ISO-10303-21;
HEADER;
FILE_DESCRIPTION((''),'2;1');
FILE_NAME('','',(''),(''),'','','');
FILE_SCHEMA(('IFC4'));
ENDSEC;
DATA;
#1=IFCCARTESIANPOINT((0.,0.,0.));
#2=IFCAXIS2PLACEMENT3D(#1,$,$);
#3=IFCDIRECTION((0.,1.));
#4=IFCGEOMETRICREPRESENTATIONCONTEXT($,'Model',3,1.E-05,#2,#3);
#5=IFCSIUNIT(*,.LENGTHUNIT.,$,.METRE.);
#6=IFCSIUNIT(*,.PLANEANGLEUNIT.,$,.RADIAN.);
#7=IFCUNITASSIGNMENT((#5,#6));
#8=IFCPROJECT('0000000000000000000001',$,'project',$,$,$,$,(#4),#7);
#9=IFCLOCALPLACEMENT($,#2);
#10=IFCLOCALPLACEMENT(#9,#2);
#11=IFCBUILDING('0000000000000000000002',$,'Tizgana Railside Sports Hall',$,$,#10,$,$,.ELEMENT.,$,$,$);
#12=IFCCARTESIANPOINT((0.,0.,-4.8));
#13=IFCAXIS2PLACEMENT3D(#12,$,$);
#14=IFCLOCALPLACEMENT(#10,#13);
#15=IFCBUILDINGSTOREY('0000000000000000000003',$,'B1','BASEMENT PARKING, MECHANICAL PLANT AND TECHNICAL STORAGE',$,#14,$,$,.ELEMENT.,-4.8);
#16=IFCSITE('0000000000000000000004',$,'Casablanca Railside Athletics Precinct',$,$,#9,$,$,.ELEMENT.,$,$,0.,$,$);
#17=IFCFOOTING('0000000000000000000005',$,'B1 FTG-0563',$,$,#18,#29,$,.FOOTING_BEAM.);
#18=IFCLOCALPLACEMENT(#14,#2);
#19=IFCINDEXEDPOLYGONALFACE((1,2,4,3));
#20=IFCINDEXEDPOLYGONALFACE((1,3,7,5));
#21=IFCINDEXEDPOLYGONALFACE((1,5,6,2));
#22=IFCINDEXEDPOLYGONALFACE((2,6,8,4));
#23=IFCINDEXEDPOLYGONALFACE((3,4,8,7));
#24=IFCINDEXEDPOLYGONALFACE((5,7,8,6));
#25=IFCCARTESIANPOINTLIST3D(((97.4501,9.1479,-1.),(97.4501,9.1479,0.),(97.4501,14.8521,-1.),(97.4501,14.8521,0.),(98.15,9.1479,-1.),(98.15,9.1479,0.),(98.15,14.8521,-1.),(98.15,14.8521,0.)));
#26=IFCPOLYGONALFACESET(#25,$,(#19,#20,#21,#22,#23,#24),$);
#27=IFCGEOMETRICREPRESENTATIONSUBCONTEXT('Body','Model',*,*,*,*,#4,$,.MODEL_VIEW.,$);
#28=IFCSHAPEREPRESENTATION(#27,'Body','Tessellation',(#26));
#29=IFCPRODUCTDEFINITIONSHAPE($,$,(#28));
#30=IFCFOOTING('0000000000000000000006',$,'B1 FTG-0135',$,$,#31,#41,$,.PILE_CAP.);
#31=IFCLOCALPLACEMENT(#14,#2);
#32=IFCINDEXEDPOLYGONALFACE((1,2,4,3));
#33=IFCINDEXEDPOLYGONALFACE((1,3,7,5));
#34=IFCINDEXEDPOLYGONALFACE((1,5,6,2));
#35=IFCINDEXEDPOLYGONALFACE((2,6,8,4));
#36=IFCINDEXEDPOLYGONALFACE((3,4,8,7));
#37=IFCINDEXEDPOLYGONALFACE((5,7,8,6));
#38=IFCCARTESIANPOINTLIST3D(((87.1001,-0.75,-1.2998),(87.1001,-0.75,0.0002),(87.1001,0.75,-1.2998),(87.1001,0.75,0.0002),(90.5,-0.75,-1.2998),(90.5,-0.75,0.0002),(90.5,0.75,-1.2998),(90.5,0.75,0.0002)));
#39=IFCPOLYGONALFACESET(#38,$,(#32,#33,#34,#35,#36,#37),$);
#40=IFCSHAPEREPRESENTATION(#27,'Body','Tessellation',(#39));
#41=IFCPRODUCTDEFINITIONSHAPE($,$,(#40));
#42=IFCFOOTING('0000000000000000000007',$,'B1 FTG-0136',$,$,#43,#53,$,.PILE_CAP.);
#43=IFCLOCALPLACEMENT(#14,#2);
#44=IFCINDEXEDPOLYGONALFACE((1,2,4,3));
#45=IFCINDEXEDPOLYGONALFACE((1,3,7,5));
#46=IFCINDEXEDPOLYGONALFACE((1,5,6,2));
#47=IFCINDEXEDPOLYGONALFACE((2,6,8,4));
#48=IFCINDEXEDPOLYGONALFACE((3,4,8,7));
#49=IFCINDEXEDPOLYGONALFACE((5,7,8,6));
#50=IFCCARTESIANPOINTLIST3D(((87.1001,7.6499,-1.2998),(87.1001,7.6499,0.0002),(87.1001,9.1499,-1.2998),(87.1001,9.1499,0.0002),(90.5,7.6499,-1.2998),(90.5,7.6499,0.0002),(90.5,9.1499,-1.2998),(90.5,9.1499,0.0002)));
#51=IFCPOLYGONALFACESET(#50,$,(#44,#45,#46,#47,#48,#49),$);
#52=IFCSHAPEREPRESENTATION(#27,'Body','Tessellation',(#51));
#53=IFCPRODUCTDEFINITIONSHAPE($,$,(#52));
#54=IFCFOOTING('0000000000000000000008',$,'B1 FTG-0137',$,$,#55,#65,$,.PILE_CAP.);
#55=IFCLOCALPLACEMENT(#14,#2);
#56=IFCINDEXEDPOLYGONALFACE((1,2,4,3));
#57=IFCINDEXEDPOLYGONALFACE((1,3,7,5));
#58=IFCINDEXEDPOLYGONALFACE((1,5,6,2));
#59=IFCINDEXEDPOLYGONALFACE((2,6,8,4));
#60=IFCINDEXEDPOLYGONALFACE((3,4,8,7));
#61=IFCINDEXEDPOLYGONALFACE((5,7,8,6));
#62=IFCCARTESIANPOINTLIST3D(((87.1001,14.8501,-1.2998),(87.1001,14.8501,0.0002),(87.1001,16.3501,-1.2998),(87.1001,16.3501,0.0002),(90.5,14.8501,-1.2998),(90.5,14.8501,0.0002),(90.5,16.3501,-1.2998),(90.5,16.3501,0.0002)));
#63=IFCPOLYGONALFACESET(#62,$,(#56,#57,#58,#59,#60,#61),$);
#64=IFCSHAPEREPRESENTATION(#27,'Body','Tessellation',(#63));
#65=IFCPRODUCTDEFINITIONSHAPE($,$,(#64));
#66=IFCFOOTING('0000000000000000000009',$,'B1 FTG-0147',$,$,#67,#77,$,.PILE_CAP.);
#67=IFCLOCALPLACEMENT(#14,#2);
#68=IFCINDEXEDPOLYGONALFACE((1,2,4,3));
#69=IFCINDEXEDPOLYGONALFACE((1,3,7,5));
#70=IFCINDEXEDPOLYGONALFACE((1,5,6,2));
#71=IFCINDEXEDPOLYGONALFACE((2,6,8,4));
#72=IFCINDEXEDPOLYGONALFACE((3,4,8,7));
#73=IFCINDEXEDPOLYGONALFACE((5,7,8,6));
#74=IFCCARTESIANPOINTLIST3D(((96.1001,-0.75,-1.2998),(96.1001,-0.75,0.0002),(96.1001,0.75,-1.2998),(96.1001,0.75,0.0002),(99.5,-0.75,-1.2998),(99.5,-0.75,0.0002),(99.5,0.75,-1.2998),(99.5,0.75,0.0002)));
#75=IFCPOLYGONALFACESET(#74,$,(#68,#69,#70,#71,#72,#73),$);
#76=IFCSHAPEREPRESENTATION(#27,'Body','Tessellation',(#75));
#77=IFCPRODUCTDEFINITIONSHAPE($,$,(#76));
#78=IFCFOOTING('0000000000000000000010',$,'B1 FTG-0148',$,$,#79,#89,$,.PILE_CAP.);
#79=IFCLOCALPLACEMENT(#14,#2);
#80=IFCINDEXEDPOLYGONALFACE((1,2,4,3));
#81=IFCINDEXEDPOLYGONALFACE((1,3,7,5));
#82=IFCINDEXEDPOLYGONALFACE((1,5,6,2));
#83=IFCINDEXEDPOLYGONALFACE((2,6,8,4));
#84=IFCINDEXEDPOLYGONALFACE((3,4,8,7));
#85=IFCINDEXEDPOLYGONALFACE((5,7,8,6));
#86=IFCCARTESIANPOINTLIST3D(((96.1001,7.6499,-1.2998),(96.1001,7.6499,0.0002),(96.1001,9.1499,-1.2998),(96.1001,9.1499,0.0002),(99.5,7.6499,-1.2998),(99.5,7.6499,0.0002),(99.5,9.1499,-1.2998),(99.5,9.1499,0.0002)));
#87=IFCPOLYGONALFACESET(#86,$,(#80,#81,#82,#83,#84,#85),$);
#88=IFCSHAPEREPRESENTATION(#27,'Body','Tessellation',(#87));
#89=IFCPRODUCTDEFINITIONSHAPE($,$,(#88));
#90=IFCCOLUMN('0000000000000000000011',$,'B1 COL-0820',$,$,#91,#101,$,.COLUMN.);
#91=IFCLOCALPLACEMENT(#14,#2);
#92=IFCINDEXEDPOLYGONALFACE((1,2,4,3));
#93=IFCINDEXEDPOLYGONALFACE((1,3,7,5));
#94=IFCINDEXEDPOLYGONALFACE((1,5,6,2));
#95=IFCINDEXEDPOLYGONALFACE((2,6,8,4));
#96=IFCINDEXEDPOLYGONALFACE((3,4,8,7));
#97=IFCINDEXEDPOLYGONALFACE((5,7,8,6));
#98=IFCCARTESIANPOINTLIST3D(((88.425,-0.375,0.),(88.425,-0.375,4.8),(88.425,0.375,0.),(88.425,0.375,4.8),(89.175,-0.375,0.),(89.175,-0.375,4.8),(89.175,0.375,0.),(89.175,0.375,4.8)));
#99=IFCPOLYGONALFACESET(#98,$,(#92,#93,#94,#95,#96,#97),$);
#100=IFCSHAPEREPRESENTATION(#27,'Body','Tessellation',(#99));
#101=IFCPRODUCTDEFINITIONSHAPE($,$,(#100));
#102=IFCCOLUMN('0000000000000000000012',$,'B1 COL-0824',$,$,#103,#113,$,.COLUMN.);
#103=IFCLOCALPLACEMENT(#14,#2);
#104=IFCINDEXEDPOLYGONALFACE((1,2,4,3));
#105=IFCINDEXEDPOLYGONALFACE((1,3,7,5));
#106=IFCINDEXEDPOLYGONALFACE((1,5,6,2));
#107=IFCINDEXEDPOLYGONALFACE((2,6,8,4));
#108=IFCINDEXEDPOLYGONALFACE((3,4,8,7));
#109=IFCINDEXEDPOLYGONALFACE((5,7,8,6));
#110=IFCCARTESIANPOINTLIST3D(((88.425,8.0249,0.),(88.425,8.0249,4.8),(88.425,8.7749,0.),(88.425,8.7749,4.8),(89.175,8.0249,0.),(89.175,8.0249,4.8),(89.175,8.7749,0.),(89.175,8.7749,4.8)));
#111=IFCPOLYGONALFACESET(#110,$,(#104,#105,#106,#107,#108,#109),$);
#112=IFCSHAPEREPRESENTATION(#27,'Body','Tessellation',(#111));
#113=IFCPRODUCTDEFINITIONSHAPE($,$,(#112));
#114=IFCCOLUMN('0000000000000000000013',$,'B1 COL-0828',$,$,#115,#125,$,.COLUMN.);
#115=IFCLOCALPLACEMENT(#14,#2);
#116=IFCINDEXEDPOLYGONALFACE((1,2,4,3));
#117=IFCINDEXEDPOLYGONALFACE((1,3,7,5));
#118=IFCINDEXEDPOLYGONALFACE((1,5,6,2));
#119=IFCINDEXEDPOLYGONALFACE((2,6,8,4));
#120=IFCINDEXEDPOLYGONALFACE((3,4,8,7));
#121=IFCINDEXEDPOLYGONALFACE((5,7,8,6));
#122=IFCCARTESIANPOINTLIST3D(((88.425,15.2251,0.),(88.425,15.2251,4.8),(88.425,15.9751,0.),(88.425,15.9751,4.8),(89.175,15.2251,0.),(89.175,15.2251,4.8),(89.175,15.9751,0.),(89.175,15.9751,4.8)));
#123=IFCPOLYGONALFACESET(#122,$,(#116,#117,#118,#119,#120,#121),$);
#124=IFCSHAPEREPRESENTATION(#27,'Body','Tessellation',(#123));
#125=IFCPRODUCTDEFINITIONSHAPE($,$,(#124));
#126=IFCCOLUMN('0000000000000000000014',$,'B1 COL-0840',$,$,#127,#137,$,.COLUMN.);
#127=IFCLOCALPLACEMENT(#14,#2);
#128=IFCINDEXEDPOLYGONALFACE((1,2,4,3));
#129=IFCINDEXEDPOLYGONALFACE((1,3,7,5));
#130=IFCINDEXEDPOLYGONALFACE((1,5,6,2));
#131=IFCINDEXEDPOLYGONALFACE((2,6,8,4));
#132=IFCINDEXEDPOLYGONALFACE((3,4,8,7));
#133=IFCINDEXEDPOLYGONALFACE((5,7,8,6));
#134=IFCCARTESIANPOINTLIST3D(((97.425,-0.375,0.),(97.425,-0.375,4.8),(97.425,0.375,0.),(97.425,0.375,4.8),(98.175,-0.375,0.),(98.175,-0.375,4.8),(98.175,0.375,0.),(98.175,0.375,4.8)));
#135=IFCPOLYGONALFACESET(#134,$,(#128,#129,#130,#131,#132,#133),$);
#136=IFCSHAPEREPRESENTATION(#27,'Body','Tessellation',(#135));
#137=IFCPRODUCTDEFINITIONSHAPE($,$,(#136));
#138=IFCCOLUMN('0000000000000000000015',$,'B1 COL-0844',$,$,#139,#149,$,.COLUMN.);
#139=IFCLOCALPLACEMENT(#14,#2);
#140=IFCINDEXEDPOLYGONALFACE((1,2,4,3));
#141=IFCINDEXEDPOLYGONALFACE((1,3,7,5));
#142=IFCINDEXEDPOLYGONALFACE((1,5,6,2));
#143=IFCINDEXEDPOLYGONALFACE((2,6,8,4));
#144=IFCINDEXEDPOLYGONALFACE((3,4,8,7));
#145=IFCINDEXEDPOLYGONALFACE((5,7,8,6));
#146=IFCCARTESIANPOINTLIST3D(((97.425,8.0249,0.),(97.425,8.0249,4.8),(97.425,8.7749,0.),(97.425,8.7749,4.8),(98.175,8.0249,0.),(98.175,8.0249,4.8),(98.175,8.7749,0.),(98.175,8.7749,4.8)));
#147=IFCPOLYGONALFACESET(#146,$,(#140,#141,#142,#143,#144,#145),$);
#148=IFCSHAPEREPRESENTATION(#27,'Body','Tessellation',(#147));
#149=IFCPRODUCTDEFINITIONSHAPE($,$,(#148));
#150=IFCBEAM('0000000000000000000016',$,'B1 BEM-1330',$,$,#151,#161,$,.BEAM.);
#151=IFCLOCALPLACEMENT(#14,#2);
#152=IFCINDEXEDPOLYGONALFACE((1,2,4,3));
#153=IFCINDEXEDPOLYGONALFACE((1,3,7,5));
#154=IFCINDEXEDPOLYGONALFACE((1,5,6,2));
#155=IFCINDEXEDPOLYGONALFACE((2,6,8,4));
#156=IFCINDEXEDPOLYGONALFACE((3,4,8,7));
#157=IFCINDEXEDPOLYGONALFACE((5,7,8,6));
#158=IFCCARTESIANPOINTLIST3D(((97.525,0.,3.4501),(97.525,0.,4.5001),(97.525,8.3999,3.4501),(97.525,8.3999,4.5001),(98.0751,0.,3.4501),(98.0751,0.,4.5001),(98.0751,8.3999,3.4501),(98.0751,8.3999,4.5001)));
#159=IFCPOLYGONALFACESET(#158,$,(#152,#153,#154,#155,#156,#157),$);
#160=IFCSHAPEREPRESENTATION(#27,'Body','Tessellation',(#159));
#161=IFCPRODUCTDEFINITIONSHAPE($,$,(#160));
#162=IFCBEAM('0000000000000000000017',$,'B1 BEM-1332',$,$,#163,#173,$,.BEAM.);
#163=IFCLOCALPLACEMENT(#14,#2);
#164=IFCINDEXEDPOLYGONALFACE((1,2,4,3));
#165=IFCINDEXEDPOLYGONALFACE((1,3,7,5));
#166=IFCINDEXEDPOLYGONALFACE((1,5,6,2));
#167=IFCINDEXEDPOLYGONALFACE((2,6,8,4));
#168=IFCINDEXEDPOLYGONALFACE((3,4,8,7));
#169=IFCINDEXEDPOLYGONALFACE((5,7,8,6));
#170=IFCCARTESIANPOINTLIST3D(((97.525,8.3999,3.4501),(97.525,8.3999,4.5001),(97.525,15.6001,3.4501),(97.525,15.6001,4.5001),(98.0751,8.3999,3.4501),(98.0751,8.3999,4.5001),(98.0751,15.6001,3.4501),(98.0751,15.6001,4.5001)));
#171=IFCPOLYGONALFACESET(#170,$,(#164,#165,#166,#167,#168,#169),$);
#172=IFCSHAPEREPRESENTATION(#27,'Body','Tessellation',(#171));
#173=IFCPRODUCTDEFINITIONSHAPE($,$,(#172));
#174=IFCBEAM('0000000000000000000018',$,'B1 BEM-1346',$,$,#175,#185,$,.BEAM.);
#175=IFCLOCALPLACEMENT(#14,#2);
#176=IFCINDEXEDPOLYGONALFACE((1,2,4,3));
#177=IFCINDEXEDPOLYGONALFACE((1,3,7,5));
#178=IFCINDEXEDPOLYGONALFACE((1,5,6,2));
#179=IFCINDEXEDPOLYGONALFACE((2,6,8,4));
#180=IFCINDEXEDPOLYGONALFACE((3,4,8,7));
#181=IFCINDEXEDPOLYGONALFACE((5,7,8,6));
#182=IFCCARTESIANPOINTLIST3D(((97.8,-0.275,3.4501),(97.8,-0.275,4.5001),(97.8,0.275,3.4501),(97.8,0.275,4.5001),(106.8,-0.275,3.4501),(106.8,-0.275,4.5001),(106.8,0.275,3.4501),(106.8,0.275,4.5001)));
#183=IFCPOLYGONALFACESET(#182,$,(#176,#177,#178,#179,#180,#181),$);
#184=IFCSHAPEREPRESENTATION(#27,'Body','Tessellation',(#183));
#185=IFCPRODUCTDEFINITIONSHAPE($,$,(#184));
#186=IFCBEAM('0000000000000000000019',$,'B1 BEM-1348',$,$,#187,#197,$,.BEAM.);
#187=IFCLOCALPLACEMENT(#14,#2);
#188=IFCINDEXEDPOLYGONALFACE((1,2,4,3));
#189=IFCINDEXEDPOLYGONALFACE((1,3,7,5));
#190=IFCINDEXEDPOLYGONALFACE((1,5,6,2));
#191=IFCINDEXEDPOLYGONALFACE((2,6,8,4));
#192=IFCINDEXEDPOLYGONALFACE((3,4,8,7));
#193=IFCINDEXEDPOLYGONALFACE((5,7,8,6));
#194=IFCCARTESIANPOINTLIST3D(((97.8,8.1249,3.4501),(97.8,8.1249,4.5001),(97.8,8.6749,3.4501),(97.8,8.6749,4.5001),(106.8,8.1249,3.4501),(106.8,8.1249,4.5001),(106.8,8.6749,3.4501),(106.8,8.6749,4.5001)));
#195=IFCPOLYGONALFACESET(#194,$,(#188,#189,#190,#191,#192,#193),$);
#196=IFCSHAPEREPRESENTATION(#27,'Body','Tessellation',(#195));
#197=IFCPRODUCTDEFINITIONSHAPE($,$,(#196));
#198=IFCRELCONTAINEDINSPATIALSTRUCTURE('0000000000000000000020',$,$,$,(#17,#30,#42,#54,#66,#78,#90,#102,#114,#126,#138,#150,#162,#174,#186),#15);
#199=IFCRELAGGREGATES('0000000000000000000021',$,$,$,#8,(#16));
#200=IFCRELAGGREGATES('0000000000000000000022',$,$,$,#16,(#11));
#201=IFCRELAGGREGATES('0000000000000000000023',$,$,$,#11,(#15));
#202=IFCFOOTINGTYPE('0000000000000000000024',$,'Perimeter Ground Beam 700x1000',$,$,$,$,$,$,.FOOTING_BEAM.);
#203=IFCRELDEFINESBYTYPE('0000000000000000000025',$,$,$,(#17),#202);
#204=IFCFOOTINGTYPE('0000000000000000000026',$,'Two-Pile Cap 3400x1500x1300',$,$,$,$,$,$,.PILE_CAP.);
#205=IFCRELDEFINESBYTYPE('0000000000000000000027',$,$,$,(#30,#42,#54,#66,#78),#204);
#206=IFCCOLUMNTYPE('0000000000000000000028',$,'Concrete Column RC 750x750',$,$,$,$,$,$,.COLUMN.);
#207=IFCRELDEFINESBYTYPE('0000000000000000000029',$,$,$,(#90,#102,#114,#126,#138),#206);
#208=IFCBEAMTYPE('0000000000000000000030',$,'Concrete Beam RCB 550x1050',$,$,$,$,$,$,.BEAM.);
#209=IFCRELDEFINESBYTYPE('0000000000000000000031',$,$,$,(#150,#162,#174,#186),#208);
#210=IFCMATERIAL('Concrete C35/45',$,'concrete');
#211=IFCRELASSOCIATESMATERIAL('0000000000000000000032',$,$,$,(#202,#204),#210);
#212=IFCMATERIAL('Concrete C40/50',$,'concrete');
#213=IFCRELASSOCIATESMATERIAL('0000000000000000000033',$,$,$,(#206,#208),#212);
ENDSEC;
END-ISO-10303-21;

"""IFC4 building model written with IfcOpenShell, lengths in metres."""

from ifc_helpers import new_model, si_unit, direction, frame, origin, origin_2d, place, context, subcontext, project, spatial, rectangle, extrude, material, material_profile, profile_set, type_object, element, save


model = new_model("IFC4")

# Units and contexts
model_context = context("Model", 3, precision=1e-05, world=origin(), true_north=direction((0.0, 1.0)))
body_context = subcontext(model_context, "Body", "Model", "MODEL_VIEW")
ifc_project = project(units=[si_unit("LENGTHUNIT", "METRE"), si_unit("PLANEANGLEUNIT", "RADIAN")], contexts=[model_context])

# Site, building, storey
site_placement = place(None, origin())
site = spatial("IfcSite", under=ifc_project, at=site_placement, Name="Casablanca Railside Athletics Precinct", CompositionType="ELEMENT", RefElevation=0.0)
building_placement = place(site_placement, origin())
building = spatial("IfcBuilding", under=site, at=building_placement, Name="Tizgana Railside Sports Hall", CompositionType="ELEMENT")
storey_placement = place(building_placement, frame((0.0, 0.0, -4.8)))
storey = spatial("IfcBuildingStorey", under=building, at=storey_placement, Name="B1", Description="BASEMENT PARKING, MECHANICAL PLANT AND TECHNICAL STORAGE", CompositionType="ELEMENT", Elevation=-4.8)

# Shared definitions
ifc_material_1 = material(Name="Concrete C35/45", Category="concrete")

# Footings
footing_type_1 = type_object("IfcFootingType", Name="Perimeter Ground Beam 700x1000", PredefinedType="FOOTING_BEAM", material=ifc_material_1)
footing_1_placement = place(storey_placement, frame((97.8, 12.0, -1.0), z_axis=(0.0, 0.0, 1.0), x_axis=(0.0, 1.0, 0.0)))
element("IfcFooting", 1, at=footing_1_placement, inside=storey, type_object=footing_type_1, Name="B1 FTG-0563", PredefinedType="FOOTING_BEAM", context=body_context, shape_type="SweptSolid", body=[
    extrude(rectangle(XDim=5.7041, YDim=0.7, at=origin_2d()), origin(), (0.0, 0.0, 1.0), 1.0),
])
footing_type_2 = type_object("IfcFootingType", Name="Two-Pile Cap 3400x1500x1300", PredefinedType="PILE_CAP", material=ifc_material_1)
for number, where, z_axis, x_axis, name in (
    (2, (88.8, 0.0, -1.2998), (0.0, 0.0, 1.0), (1.0, 0.0, 0.0), "B1 FTG-0135"),
    (3, (88.8, 8.3999, -1.2998), (0.0, 0.0, 1.0), (1.0, 0.0, 0.0), "B1 FTG-0136"),
    (4, (88.8, 15.6001, -1.2998), (0.0, 0.0, 1.0), (1.0, 0.0, 0.0), "B1 FTG-0137"),
    (5, (97.8, 0.0, -1.2998), (0.0, 0.0, 1.0), (1.0, 0.0, 0.0), "B1 FTG-0147"),
    (6, (97.8, 8.3999, -1.2998), (0.0, 0.0, 1.0), (1.0, 0.0, 0.0), "B1 FTG-0148"),
):
    element("IfcFooting", number, at=place(storey_placement, frame(where, z_axis=z_axis, x_axis=x_axis)), inside=storey, type_object=footing_type_2, Name=name, PredefinedType="PILE_CAP", context=body_context, shape_type="SweptSolid", body=[
        extrude(rectangle(XDim=3.3999, YDim=1.5, at=origin_2d()), origin(), (0.0, 0.0, 1.0), 1.3),
    ])

# Columns
ifc_material_2 = material(Name="Concrete C40/50", Category="concrete")
ifc_material_profile_1 = material_profile(ifc_material_2, rectangle(XDim=0.75, YDim=0.75, at=origin_2d()), Name="RC 750x750")
ifc_profile_set_1 = profile_set([ifc_material_profile_1], Name="Concrete C40/50")
column_type = type_object("IfcColumnType", Name="Concrete Column RC 750x750", PredefinedType="COLUMN", material=ifc_profile_set_1)
for number, where, z_axis, x_axis, name in (
    (7, (88.8, 0.0, 0.0), (0.0, 0.0, 1.0), (1.0, 0.0, 0.0), "B1 COL-0820"),
    (8, (88.8, 8.3999, 0.0), (0.0, 0.0, 1.0), (1.0, 0.0, 0.0), "B1 COL-0824"),
    (9, (88.8, 15.6001, 0.0), (0.0, 0.0, 1.0), (1.0, 0.0, 0.0), "B1 COL-0828"),
    (10, (97.8, 0.0, 0.0), (0.0, 0.0, 1.0), (1.0, 0.0, 0.0), "B1 COL-0840"),
    (11, (97.8, 8.3999, 0.0), (0.0, 0.0, 1.0), (1.0, 0.0, 0.0), "B1 COL-0844"),
):
    element("IfcColumn", number, at=place(storey_placement, frame(where, z_axis=z_axis, x_axis=x_axis)), inside=storey, type_object=column_type, Name=name, PredefinedType="COLUMN", context=body_context, shape_type="SweptSolid", body=[
        extrude(rectangle(XDim=0.75, YDim=0.75, at=origin_2d()), origin(), (0.0, 0.0, 1.0), 4.8),
    ])

# Beams
ifc_material_profile_2 = material_profile(ifc_material_2, rectangle(XDim=0.55, YDim=1.05, at=origin_2d()), Name="RCB 550x1050")
ifc_profile_set_2 = profile_set([ifc_material_profile_2], Name="Concrete C40/50")
beam_type = type_object("IfcBeamType", Name="Concrete Beam RCB 550x1050", PredefinedType="BEAM", material=ifc_profile_set_2)
beam_1_placement = place(storey_placement, frame((97.8, 0.0, 3.9751), z_axis=(0.0, 1.0, 0.0), x_axis=(-1.0, 0.0, 0.0)))
element("IfcBeam", 12, at=beam_1_placement, inside=storey, type_object=beam_type, Name="B1 BEM-1330", PredefinedType="BEAM", context=body_context, shape_type="SweptSolid", body=[
    extrude(rectangle(XDim=0.55, YDim=1.05, at=origin_2d()), origin(), (0.0, 0.0, 1.0), 8.3999),
])
beam_2_placement = place(storey_placement, frame((97.8, 8.3999, 3.9751), z_axis=(0.0, 1.0, 0.0), x_axis=(-1.0, 0.0, 0.0)))
element("IfcBeam", 13, at=beam_2_placement, inside=storey, type_object=beam_type, Name="B1 BEM-1332", PredefinedType="BEAM", context=body_context, shape_type="SweptSolid", body=[
    extrude(rectangle(XDim=0.55, YDim=1.05, at=origin_2d()), origin(), (0.0, 0.0, 1.0), 7.2002),
])
for number, where, z_axis, x_axis, name in (
    (14, (97.8, 0.0, 3.9751), (1.0, 0.0, 0.0), (0.0, 1.0, 0.0), "B1 BEM-1346"),
    (15, (97.8, 8.3999, 3.9751), (1.0, 0.0, 0.0), (0.0, 1.0, 0.0), "B1 BEM-1348"),
):
    element("IfcBeam", number, at=place(storey_placement, frame(where, z_axis=z_axis, x_axis=x_axis)), inside=storey, type_object=beam_type, Name=name, PredefinedType="BEAM", context=body_context, shape_type="SweptSolid", body=[
        extrude(rectangle(XDim=0.55, YDim=1.05, at=origin_2d()), origin(), (0.0, 0.0, 1.0), 9.0),
    ])

save(model, "model.ifc")
